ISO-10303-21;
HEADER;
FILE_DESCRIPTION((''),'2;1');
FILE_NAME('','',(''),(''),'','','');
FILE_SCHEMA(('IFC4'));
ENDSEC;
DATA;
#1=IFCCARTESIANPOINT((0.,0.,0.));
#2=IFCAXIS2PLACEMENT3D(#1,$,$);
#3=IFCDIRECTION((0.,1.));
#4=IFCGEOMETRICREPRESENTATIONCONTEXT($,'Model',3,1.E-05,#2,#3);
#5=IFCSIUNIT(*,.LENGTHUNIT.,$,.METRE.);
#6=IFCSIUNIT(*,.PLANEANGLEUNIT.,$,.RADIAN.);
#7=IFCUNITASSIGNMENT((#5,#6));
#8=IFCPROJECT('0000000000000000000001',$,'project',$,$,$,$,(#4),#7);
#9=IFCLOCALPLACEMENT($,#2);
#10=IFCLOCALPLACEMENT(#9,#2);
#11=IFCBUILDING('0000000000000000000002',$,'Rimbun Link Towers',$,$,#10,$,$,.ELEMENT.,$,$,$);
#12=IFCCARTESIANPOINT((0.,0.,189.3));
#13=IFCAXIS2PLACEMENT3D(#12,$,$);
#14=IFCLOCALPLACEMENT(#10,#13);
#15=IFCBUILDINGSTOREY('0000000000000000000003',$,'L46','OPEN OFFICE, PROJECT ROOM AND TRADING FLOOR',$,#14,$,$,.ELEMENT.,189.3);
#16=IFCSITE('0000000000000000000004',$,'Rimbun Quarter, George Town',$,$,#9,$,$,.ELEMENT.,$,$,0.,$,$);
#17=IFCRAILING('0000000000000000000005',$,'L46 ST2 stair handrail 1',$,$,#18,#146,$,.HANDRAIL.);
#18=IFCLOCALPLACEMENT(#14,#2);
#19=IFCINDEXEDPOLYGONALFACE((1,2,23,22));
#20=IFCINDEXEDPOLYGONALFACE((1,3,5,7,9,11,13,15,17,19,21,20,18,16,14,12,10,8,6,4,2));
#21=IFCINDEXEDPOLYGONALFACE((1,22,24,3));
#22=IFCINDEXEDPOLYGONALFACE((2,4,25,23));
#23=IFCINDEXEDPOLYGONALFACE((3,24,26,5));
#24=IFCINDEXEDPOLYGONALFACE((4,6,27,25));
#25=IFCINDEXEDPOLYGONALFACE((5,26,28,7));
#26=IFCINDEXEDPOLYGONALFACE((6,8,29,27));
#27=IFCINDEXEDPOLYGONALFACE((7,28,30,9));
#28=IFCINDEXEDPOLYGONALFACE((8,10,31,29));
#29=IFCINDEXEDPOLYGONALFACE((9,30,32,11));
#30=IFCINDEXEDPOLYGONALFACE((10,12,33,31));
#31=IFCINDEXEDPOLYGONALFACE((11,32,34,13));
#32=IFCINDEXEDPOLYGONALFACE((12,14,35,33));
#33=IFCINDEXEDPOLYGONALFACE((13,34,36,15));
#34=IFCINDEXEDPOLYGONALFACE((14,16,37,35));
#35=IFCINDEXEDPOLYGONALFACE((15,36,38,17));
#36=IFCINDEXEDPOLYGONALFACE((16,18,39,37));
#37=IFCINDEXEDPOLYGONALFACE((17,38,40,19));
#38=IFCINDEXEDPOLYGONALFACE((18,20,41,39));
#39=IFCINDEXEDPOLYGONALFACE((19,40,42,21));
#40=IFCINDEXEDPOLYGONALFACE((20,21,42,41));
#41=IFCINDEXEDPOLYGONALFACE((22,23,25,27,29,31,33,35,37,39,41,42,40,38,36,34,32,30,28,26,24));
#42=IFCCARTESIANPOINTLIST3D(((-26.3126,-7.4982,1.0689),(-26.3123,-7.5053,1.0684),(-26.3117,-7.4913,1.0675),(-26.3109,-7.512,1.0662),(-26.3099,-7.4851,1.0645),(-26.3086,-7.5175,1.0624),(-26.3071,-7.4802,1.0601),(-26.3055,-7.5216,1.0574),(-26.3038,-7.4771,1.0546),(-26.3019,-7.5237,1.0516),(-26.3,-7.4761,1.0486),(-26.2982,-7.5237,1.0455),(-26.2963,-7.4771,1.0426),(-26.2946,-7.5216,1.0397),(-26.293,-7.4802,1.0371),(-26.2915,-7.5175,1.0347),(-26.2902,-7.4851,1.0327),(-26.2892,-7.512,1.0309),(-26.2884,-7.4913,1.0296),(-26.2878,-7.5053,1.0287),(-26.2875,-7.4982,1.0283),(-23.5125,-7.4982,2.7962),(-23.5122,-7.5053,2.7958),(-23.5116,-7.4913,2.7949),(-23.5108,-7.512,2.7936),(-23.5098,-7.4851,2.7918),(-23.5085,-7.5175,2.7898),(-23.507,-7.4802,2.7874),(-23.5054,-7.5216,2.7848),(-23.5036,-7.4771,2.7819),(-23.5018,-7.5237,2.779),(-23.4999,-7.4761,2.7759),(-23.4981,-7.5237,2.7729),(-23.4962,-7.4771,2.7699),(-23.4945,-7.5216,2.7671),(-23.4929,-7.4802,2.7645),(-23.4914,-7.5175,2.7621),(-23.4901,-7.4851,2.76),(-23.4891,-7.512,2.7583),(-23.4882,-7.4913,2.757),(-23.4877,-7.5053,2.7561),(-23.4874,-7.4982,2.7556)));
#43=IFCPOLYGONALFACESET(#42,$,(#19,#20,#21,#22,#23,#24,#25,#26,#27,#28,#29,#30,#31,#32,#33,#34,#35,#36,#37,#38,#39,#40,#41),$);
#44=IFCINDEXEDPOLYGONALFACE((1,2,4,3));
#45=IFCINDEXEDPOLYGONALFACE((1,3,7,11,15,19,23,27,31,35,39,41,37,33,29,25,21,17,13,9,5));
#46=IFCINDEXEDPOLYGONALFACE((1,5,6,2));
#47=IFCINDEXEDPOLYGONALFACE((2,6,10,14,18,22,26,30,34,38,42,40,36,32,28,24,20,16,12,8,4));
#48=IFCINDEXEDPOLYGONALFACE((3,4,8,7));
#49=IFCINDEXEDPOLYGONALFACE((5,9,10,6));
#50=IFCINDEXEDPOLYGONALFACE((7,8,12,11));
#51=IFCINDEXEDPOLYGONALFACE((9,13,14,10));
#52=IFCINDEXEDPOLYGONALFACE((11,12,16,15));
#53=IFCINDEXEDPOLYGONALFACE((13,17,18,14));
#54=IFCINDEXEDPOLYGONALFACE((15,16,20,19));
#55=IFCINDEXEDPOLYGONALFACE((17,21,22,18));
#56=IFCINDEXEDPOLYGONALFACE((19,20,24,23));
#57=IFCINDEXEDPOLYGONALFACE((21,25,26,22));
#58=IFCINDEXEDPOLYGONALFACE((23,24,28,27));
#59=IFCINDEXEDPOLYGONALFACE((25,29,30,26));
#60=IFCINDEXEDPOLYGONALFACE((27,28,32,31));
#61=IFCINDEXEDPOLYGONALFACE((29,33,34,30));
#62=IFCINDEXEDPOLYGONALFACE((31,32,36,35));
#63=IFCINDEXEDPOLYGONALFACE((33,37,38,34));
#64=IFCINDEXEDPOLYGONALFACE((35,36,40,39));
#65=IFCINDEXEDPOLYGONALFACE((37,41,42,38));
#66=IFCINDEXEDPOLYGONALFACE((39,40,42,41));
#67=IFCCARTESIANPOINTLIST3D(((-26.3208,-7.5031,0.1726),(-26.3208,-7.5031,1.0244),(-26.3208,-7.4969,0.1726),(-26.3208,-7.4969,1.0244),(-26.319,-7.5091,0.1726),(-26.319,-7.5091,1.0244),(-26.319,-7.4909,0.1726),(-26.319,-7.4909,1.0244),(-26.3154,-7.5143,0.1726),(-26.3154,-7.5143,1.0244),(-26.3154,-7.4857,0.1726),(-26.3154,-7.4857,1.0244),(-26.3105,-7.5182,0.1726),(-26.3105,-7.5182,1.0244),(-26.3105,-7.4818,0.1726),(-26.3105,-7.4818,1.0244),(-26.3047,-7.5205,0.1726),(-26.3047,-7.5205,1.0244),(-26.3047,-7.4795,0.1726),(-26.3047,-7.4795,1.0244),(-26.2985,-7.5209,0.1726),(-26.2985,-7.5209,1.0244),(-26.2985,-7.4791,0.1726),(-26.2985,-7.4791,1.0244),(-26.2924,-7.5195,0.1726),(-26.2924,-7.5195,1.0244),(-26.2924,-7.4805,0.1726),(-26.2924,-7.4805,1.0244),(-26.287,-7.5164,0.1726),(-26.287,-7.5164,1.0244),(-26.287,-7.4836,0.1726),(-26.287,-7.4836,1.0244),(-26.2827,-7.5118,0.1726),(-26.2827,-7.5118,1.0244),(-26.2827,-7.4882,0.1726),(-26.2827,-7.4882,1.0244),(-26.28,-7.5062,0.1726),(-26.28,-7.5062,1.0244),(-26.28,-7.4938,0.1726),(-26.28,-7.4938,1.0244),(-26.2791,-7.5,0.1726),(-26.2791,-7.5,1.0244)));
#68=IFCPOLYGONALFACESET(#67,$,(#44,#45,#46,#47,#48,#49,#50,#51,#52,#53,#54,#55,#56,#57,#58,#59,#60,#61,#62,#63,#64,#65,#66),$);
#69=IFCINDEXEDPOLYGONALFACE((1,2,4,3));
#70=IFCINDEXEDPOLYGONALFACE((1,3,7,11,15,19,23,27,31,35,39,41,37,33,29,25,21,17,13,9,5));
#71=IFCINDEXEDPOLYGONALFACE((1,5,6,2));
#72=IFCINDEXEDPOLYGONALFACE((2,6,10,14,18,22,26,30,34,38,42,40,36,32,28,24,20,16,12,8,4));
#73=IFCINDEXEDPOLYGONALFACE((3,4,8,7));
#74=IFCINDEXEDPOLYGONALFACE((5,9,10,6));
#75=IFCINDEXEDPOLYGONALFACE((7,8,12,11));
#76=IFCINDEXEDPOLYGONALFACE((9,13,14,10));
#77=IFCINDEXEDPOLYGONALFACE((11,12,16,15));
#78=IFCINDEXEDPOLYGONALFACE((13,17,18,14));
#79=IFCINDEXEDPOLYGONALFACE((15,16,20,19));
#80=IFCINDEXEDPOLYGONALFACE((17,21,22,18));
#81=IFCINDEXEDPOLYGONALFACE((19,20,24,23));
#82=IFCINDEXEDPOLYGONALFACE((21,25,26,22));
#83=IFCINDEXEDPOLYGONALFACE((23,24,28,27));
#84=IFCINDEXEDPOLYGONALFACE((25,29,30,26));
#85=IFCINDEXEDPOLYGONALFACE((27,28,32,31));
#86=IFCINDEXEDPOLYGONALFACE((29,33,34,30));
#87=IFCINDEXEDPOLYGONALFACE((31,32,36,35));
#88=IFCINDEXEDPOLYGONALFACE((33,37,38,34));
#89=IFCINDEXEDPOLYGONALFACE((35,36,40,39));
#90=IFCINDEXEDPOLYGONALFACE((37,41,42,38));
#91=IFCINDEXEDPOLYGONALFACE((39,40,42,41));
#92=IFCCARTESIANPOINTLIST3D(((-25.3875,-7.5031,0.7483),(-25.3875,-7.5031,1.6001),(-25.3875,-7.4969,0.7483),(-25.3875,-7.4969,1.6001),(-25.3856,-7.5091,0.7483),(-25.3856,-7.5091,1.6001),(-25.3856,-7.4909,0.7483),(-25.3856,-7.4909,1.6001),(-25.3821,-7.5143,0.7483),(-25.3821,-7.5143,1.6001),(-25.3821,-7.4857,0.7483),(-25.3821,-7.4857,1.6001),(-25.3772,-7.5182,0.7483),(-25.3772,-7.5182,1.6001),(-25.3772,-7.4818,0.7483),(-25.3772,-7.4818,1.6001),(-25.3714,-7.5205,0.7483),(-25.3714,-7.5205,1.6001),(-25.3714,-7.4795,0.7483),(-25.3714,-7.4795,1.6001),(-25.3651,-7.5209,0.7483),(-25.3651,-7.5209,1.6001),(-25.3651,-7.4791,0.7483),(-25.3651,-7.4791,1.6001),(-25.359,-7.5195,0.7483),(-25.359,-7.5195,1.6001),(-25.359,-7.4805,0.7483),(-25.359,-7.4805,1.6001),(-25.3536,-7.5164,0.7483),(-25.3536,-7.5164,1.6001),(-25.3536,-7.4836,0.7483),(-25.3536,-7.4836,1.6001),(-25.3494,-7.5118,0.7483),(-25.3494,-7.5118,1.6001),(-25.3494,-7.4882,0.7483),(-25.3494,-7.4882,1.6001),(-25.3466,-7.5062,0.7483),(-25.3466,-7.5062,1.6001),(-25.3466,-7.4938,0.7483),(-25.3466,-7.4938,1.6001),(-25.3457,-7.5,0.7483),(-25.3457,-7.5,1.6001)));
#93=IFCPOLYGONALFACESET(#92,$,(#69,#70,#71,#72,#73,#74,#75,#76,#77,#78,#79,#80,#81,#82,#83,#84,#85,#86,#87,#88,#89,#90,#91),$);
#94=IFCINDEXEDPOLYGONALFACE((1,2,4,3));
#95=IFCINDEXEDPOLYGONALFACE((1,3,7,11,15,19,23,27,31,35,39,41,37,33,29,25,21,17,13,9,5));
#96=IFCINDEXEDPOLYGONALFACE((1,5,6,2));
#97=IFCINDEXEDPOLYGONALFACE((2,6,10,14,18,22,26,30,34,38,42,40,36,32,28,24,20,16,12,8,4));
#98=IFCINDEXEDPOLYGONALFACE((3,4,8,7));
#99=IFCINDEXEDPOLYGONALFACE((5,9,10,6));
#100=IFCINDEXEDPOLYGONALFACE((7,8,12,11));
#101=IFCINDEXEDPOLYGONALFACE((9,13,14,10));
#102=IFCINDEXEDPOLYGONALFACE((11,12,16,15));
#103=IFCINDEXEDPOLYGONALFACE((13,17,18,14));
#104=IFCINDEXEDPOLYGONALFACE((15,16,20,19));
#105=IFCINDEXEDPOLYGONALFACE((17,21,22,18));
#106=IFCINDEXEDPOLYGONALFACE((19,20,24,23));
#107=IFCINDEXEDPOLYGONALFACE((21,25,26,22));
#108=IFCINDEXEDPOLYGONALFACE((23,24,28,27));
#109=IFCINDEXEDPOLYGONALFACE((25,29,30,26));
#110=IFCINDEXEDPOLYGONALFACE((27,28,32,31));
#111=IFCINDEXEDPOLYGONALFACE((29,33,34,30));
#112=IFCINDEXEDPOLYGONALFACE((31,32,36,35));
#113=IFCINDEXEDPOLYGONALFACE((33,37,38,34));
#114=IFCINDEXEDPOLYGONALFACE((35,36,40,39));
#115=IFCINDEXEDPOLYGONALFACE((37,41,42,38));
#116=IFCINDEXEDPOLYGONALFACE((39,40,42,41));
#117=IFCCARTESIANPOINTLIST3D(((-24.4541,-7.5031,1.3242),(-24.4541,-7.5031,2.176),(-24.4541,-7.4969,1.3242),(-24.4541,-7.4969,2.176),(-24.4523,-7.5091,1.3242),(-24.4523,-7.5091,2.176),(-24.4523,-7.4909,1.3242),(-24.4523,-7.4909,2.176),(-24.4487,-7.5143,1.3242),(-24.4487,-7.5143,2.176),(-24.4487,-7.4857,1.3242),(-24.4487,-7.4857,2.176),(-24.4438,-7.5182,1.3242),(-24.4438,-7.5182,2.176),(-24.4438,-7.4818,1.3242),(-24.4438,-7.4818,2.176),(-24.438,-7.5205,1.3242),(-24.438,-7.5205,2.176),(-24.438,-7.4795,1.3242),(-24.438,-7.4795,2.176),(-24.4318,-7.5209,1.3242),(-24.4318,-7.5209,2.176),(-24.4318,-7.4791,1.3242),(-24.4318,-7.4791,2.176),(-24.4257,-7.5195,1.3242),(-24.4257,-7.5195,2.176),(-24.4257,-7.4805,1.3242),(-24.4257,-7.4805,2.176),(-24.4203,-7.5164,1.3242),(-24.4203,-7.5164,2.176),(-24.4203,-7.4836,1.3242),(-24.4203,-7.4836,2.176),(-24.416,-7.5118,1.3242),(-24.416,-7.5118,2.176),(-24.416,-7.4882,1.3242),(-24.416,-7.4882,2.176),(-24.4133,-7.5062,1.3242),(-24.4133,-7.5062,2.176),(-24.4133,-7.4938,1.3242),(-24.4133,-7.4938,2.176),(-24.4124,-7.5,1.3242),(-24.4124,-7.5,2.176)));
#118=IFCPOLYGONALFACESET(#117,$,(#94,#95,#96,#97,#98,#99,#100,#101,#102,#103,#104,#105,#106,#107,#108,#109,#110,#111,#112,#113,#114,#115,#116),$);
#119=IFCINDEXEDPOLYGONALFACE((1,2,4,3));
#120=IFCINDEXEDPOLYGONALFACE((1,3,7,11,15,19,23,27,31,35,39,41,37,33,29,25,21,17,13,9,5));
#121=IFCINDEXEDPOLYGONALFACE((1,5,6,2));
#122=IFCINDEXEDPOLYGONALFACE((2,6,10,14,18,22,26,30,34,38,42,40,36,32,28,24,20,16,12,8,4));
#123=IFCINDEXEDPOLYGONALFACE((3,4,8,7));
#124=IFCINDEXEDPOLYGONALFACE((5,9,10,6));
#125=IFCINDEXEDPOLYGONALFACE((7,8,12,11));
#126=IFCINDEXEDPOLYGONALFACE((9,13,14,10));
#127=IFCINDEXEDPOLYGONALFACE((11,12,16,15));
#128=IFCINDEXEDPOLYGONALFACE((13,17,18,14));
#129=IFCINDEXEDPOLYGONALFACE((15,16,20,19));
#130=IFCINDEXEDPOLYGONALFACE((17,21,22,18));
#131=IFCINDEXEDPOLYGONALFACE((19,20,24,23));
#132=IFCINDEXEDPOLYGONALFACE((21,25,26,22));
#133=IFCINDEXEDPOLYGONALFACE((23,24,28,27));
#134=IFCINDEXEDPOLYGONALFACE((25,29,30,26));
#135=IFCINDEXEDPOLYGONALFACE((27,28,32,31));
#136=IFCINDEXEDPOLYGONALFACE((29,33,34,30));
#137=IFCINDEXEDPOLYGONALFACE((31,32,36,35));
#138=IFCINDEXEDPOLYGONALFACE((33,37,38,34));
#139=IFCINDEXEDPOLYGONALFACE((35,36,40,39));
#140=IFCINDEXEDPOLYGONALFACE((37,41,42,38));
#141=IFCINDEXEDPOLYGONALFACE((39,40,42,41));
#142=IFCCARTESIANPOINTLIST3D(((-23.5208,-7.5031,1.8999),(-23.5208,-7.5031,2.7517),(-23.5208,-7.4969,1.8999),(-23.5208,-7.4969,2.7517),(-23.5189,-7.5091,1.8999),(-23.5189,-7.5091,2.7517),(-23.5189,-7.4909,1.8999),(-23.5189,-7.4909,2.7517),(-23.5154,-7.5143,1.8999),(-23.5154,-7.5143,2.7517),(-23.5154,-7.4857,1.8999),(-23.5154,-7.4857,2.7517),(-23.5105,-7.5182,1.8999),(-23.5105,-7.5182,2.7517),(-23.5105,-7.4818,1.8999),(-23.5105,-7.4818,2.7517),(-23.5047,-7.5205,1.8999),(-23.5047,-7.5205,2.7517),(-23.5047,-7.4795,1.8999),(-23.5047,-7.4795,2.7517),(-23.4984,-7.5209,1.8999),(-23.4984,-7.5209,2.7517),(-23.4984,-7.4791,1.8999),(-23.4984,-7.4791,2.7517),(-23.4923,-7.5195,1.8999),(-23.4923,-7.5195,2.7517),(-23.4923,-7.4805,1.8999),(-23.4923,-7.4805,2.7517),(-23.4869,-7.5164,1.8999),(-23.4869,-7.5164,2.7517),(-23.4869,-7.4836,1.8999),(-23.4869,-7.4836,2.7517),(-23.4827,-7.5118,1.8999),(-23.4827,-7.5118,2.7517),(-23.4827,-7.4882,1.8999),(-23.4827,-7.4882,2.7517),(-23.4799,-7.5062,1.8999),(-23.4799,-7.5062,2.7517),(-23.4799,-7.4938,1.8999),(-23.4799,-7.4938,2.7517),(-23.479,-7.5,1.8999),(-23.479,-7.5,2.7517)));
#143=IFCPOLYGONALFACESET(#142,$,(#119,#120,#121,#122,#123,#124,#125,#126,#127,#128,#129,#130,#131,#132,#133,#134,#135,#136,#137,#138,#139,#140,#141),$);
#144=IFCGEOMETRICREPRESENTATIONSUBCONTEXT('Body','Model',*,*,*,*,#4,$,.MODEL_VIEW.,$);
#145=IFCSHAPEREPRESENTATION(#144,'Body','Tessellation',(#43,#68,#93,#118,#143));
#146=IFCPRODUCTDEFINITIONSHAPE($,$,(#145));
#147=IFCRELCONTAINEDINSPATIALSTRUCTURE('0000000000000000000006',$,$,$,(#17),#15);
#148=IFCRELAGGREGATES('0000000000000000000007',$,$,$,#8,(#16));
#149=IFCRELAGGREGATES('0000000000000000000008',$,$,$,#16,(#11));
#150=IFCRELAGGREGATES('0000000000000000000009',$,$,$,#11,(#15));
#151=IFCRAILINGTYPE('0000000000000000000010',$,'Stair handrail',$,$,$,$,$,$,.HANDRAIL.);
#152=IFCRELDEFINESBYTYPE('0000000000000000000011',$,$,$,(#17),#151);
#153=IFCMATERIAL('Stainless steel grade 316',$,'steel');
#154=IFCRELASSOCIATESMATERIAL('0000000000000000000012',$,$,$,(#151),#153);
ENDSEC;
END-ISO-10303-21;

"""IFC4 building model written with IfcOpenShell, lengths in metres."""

from ifc_helpers import new_model, si_unit, direction, frame, origin, origin_2d, place, context, subcontext, project, spatial, circle, extrude, material, type_object, element, save


model = new_model("IFC4")

# Units and contexts
model_context = context("Model", 3, precision=1e-05, world=origin(), true_north=direction((0.0, 1.0)))
body_context = subcontext(model_context, "Body", "Model", "MODEL_VIEW")
ifc_project = project(units=[si_unit("LENGTHUNIT", "METRE"), si_unit("PLANEANGLEUNIT", "RADIAN")], contexts=[model_context])

# Site, building, storey
site_placement = place(None, origin())
site = spatial("IfcSite", under=ifc_project, at=site_placement, Name="Rimbun Quarter, George Town", CompositionType="ELEMENT", RefElevation=0.0)
building_placement = place(site_placement, origin())
building = spatial("IfcBuilding", under=site, at=building_placement, Name="Rimbun Link Towers", CompositionType="ELEMENT")
storey_placement = place(building_placement, frame((0.0, 0.0, 189.3)))
storey = spatial("IfcBuildingStorey", under=building, at=storey_placement, Name="L46", Description="OPEN OFFICE, PROJECT ROOM AND TRADING FLOOR", CompositionType="ELEMENT", Elevation=189.3)

# Railing
ifc_material_1 = material(Name="Stainless steel grade 316", Category="steel")
railing_type_1 = type_object("IfcRailingType", Name="Stair handrail", PredefinedType="HANDRAIL", material=ifc_material_1)
railing_1_placement = place(storey_placement, frame((-26.3, -7.5, 0.1726)))
element("IfcRailing", 1, at=railing_1_placement, inside=storey, type_object=railing_type_1, Name="L46 ST2 stair handrail 1", PredefinedType="HANDRAIL", context=body_context, shape_type="SweptSolid", body=[
    extrude(circle(Radius=0.0239, at=origin_2d()), frame((0.0, 0.0, 0.876), z_axis=(0.85109, 0.0, 0.52502), x_axis=(0.0, 1.0, 0.0)), (0.0, 0.0, 1.0), 3.29),
    extrude(circle(Radius=0.021, at=origin_2d()), origin(), (0.0, 0.0, 1.0), 0.8518),
    extrude(circle(Radius=0.021, at=origin_2d()), frame((0.9333, 0.0, 0.5757)), (0.0, 0.0, 1.0), 0.8518),
    extrude(circle(Radius=0.021, at=origin_2d()), frame((1.8667, 0.0, 1.1516)), (0.0, 0.0, 1.0), 0.8518),
    extrude(circle(Radius=0.021, at=origin_2d()), frame((2.8, 0.0, 1.7273)), (0.0, 0.0, 1.0), 0.8518),
])

save(model, "model.ifc")
